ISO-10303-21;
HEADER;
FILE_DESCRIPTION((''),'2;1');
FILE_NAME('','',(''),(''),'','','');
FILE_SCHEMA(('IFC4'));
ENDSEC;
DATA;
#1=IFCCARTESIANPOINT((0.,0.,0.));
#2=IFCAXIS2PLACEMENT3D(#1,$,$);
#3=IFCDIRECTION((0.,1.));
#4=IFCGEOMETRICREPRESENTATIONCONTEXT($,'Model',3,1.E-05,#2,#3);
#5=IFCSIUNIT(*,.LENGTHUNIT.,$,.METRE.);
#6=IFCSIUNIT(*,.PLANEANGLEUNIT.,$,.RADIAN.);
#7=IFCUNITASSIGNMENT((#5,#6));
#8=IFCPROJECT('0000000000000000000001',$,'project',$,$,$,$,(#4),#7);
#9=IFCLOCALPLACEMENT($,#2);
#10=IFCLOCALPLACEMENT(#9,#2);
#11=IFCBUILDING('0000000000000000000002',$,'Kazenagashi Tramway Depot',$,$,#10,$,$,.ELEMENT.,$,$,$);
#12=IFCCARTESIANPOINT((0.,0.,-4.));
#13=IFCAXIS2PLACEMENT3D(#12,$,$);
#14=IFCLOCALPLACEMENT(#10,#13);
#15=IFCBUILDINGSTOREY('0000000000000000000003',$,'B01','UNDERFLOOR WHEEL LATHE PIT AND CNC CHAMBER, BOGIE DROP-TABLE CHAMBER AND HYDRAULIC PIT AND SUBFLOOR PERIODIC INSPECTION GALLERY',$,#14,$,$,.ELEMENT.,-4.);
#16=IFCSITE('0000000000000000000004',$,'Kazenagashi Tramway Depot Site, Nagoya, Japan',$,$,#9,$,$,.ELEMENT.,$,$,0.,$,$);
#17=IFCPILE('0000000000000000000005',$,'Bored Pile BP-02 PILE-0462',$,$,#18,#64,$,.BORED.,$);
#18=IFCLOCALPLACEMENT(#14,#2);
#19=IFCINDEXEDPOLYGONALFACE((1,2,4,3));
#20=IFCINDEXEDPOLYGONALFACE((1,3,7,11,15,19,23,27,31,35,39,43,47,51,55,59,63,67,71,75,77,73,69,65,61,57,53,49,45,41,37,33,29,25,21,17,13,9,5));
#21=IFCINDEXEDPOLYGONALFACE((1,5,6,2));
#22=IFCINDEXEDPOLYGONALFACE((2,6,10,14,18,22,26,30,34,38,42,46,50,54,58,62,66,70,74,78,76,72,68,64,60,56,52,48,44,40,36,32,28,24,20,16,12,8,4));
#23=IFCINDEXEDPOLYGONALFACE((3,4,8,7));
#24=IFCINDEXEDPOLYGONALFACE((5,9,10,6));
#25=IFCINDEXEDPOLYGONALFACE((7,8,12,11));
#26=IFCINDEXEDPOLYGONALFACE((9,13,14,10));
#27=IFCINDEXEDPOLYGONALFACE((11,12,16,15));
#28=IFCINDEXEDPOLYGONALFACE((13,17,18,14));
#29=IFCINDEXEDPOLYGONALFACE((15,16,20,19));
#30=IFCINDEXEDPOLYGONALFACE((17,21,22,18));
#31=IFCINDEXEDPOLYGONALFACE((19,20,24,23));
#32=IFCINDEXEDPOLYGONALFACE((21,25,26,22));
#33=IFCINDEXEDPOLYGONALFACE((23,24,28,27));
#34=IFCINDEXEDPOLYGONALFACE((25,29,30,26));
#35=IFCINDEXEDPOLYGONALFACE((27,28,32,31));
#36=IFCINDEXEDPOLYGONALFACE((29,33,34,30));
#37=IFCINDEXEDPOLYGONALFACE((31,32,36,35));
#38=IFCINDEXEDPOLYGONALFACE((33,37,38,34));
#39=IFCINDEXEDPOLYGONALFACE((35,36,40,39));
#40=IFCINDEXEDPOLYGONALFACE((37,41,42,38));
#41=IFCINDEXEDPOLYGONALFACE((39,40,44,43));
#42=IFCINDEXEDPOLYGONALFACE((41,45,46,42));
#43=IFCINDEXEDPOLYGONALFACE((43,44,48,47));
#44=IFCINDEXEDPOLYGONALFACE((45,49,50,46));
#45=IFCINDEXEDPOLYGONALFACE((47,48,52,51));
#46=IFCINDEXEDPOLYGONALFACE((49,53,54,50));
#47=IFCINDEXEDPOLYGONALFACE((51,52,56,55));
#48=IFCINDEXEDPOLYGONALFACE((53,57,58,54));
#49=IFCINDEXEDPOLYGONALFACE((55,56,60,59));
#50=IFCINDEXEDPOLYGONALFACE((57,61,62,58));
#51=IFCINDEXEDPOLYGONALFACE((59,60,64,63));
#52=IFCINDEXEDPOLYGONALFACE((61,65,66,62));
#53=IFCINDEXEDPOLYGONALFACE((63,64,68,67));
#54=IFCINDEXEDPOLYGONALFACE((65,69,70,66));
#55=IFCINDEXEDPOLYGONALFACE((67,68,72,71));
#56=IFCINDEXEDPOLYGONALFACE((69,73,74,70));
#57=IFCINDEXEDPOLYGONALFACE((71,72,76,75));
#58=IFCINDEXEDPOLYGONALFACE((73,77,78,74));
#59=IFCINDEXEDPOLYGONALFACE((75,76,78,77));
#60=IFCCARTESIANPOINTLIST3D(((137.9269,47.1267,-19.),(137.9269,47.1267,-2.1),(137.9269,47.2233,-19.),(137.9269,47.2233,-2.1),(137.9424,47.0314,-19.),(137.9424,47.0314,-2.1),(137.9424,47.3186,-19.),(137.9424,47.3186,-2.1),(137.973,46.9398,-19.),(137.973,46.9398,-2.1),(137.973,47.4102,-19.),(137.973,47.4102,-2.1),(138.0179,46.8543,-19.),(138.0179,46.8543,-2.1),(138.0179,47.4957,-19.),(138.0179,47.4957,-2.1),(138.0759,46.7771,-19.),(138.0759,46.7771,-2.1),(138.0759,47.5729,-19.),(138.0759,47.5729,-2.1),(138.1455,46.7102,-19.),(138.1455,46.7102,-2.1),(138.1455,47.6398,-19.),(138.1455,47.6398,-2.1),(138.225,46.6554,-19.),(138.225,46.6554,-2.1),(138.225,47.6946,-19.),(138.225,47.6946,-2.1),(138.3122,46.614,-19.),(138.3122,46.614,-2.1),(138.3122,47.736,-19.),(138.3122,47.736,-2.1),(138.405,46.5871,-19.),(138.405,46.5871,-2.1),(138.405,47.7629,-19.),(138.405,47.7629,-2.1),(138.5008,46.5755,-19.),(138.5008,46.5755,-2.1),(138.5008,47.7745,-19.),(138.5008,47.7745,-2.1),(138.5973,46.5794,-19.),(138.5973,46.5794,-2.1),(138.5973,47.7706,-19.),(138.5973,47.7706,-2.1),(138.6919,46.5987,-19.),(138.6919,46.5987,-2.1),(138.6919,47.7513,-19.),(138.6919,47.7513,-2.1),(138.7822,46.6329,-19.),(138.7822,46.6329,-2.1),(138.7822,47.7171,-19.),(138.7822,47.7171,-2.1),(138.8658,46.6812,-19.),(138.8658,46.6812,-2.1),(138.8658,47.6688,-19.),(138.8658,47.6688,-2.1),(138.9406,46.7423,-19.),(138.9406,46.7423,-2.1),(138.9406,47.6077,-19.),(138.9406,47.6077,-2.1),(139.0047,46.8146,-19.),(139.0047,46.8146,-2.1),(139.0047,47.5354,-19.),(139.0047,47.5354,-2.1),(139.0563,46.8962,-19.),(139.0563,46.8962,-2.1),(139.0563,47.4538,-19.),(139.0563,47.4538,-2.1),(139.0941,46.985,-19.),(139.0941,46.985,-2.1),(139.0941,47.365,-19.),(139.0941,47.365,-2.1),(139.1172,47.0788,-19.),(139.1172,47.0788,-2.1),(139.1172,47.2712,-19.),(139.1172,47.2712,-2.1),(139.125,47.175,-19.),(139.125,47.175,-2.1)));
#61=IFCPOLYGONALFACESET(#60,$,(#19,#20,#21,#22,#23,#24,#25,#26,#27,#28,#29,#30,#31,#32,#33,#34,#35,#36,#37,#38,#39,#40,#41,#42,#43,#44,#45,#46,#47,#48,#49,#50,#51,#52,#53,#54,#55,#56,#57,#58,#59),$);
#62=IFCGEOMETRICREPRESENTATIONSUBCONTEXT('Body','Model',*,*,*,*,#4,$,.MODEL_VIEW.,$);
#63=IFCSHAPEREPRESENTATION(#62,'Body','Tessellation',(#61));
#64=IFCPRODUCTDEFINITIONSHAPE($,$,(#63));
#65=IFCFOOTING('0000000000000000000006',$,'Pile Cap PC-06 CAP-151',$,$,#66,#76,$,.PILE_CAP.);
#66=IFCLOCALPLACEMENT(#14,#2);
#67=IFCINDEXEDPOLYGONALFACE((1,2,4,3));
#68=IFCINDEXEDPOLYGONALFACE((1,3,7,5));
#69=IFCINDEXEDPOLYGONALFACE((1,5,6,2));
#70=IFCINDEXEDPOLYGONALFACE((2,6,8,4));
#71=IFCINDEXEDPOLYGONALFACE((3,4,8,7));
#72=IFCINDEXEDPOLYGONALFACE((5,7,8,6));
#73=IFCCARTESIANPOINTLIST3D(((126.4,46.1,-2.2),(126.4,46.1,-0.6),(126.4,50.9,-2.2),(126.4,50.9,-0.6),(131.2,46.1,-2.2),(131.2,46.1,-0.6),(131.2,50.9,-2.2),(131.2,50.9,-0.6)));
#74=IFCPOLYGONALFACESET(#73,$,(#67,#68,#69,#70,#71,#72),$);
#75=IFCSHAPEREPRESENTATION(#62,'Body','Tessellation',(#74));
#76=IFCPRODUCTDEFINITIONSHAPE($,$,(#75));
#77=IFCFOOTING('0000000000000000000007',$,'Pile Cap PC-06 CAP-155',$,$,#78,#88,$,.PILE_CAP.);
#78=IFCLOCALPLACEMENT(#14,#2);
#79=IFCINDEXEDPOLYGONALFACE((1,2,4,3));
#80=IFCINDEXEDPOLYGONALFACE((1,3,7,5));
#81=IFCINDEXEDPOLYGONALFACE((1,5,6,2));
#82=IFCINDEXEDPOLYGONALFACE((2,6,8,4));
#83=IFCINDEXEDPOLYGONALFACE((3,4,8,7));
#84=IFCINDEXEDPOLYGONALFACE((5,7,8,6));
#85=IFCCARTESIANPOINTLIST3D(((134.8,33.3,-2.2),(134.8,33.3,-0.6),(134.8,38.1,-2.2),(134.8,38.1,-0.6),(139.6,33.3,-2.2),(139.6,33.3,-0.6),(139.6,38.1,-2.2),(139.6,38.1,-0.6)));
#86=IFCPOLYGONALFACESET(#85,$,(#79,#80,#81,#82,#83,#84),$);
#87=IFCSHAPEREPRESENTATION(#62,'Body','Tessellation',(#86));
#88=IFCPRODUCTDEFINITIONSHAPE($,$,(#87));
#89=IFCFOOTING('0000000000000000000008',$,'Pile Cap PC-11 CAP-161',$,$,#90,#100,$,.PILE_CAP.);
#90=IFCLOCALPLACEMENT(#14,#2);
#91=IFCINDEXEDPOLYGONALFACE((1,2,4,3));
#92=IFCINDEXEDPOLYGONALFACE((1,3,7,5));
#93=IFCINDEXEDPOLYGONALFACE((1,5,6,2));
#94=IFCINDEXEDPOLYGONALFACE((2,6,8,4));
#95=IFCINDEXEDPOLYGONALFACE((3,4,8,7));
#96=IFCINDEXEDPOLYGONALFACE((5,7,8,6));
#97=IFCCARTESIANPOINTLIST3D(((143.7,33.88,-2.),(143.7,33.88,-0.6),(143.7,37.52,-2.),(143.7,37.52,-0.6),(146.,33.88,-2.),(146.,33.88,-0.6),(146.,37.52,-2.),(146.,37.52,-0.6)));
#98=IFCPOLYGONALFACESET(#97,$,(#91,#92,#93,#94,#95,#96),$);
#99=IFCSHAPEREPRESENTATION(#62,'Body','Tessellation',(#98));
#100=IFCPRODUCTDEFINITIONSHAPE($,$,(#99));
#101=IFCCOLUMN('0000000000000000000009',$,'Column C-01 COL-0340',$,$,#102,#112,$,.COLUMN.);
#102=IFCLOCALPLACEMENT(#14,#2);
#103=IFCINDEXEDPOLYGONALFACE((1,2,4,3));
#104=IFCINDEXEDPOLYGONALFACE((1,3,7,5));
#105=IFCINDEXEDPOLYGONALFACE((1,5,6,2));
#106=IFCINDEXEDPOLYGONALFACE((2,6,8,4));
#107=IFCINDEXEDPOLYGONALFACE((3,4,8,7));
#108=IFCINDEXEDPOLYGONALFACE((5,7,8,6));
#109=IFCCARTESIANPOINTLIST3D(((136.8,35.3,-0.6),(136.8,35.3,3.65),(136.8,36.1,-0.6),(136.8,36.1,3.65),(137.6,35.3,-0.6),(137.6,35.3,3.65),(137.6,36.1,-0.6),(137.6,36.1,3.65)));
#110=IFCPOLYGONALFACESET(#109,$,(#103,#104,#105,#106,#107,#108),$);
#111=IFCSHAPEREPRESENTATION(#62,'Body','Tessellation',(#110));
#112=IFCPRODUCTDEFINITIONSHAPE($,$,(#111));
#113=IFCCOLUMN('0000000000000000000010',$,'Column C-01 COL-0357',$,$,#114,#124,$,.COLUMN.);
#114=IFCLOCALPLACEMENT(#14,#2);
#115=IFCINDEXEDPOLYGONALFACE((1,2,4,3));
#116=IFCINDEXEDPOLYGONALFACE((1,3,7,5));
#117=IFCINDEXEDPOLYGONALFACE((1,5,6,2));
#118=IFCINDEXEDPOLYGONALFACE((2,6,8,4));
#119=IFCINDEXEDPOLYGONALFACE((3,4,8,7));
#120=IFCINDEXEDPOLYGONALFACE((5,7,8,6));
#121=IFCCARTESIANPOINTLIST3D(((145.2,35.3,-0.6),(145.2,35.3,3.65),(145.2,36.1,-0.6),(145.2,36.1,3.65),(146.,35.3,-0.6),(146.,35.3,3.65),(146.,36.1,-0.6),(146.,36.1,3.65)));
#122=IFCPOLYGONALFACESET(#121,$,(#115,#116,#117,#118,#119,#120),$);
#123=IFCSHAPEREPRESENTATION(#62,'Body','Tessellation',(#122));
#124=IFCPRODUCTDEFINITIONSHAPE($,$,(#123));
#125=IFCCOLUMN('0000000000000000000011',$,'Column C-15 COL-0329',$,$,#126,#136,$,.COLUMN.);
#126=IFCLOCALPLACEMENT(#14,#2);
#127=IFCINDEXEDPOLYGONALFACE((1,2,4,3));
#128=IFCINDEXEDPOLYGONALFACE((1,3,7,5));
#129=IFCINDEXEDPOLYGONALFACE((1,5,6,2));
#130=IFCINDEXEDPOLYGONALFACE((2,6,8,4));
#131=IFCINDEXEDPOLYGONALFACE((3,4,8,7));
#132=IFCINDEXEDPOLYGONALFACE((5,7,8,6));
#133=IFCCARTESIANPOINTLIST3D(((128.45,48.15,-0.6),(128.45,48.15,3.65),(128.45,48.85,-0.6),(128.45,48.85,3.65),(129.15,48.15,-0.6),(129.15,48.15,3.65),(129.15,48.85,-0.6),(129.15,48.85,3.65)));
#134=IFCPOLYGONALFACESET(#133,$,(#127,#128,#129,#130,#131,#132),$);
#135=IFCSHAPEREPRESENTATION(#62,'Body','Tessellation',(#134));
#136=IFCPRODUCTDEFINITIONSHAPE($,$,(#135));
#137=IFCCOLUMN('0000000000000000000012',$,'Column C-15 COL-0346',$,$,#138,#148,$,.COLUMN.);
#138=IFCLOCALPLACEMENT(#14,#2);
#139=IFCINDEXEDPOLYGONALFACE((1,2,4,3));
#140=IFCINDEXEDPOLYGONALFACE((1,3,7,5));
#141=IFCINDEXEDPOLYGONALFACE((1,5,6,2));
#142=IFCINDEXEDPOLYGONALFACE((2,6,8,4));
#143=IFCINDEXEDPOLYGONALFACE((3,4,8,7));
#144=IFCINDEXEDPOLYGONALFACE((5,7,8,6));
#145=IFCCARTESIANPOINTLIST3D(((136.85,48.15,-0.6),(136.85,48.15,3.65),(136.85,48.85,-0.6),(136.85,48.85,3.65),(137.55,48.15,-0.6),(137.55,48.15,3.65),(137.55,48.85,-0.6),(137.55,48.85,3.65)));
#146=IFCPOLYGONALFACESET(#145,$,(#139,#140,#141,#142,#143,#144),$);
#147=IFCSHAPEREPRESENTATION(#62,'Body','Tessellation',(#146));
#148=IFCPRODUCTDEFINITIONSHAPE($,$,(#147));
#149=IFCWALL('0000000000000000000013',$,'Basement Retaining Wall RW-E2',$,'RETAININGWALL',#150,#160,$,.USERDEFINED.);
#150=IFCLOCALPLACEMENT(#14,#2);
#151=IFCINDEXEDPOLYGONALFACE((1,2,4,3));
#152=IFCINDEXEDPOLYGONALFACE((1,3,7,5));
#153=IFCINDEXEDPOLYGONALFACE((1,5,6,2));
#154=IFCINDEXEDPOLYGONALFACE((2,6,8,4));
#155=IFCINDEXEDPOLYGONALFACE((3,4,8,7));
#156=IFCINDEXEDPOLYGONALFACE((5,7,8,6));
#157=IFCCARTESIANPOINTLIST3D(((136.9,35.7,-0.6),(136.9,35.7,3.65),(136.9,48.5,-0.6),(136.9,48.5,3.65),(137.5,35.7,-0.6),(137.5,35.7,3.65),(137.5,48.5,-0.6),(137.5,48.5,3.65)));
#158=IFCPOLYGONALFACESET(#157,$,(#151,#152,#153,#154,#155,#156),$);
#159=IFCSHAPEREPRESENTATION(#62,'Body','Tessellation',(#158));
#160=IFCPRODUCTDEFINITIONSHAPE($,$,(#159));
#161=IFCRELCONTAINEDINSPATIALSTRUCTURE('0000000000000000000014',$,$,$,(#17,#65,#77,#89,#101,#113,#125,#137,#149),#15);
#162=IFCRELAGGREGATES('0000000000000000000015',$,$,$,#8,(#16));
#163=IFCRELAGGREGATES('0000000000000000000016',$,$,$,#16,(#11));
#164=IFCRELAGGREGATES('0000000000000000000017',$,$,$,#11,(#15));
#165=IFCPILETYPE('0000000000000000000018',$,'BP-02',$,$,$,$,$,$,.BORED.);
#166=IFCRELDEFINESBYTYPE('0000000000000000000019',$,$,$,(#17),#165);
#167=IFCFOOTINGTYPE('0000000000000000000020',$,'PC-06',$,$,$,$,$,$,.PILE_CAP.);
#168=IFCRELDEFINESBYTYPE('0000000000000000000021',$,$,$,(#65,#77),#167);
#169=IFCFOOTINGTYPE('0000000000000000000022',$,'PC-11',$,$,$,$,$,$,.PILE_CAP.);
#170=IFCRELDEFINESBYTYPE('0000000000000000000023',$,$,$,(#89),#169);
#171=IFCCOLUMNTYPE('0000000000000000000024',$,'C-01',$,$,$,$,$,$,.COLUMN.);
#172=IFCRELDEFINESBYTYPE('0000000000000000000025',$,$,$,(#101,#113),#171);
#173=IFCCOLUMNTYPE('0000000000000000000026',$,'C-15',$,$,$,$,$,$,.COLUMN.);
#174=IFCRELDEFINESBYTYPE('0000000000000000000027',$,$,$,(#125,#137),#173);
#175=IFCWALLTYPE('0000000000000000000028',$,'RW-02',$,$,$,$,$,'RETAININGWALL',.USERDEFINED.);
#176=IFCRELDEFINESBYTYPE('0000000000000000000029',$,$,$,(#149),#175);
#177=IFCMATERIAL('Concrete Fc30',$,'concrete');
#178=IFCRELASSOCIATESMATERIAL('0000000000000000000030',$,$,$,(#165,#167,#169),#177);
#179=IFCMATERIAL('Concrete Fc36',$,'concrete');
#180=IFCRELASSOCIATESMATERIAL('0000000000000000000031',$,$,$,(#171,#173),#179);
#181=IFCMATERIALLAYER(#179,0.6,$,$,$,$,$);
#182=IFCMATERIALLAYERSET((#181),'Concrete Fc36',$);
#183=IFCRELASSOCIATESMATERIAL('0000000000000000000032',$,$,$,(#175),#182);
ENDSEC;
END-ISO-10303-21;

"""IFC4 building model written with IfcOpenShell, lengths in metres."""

from ifc_helpers import new_model, si_unit, direction, frame, frame_2d, origin, origin_2d, place, context, subcontext, project, spatial, rectangle, circle, extrude, material, layer, layer_set, material_profile, profile_set, type_object, element, save


model = new_model("IFC4")

# Units and contexts
model_context = context("Model", 3, precision=1e-05, world=origin(), true_north=direction((0.0, 1.0)))
body_context = subcontext(model_context, "Body", "Model", "MODEL_VIEW")
ifc_project = project(units=[si_unit("LENGTHUNIT", "METRE"), si_unit("PLANEANGLEUNIT", "RADIAN")], contexts=[model_context])

# Site, building, storey
site_placement = place(None, origin())
site = spatial("IfcSite", under=ifc_project, at=site_placement, Name="Kazenagashi Tramway Depot Site, Nagoya, Japan", CompositionType="ELEMENT", RefElevation=0.0)
building_placement = place(site_placement, origin())
building = spatial("IfcBuilding", under=site, at=building_placement, Name="Kazenagashi Tramway Depot", CompositionType="ELEMENT")
storey_placement = place(building_placement, frame((0.0, 0.0, -4.0)))
storey = spatial("IfcBuildingStorey", under=building, at=storey_placement, Name="B01", Description="UNDERFLOOR WHEEL LATHE PIT AND CNC CHAMBER, BOGIE DROP-TABLE CHAMBER AND HYDRAULIC PIT AND SUBFLOOR PERIODIC INSPECTION GALLERY", CompositionType="ELEMENT", Elevation=-4.0)

# Pile
ifc_material_1 = material(Name="Concrete Fc30", Category="concrete")
ifc_material_profile_1 = material_profile(ifc_material_1, circle(Radius=0.6, at=origin_2d()), Name="PILE-1200")
ifc_profile_set_1 = profile_set([ifc_material_profile_1], Name="Concrete Fc30")
pile_type_1 = type_object("IfcPileType", Name="BP-02", PredefinedType="BORED", material=ifc_profile_set_1)
for number, where, z_axis, x_axis, name in (
    (1, (138.525, 47.175, -2.1), (0.0, 0.0, -1.0), (1.0, 0.0, 0.0), "Bored Pile BP-02 PILE-0462"),
):
    element("IfcPile", number, at=place(storey_placement, frame(where, z_axis=z_axis, x_axis=x_axis)), inside=storey, type_object=pile_type_1, Name=name, PredefinedType="BORED", context=body_context, shape_type="SweptSolid", body=[
        extrude(circle(Radius=0.6, at=origin_2d()), origin(), (0.0, 0.0, 1.0), 16.9),
    ])

# Footings
footing_type_1 = type_object("IfcFootingType", Name="PC-06", PredefinedType="PILE_CAP", material=ifc_material_1)
for number, where, z_axis, x_axis, name in (
    (2, (128.8, 48.5, -2.2), (0.0, 0.0, 1.0), (1.0, 0.0, 0.0), "Pile Cap PC-06 CAP-151"),
    (3, (137.2, 35.7, -2.2), (0.0, 0.0, 1.0), (1.0, 0.0, 0.0), "Pile Cap PC-06 CAP-155"),
):
    element("IfcFooting", number, at=place(storey_placement, frame(where, z_axis=z_axis, x_axis=x_axis)), inside=storey, type_object=footing_type_1, Name=name, PredefinedType="PILE_CAP", context=body_context, shape_type="SweptSolid", body=[
        extrude(rectangle(XDim=4.8, YDim=4.8, at=origin_2d()), origin(), (0.0, 0.0, 1.0), 1.6),
    ])
footing_type_2 = type_object("IfcFootingType", Name="PC-11", PredefinedType="PILE_CAP", material=ifc_material_1)
footing_placement = place(storey_placement, frame((144.85, 35.7, -2.0), z_axis=(0.0, 0.0, 1.0), x_axis=(1.0, 0.0, 0.0)))
element("IfcFooting", 4, at=footing_placement, inside=storey, type_object=footing_type_2, Name="Pile Cap PC-11 CAP-161", PredefinedType="PILE_CAP", context=body_context, shape_type="SweptSolid", body=[
    extrude(rectangle(XDim=2.3, YDim=3.64, at=origin_2d()), origin(), (0.0, 0.0, 1.0), 1.4),
])

# Columns
ifc_material_2 = material(Name="Concrete Fc36", Category="concrete")
ifc_material_profile_2 = material_profile(ifc_material_2, rectangle(XDim=0.8, YDim=0.8, at=origin_2d()), Name="RC-800x800")
ifc_profile_set_2 = profile_set([ifc_material_profile_2], Name="Concrete Fc36")
column_type_1 = type_object("IfcColumnType", Name="C-01", PredefinedType="COLUMN", material=ifc_profile_set_2)
for number, where, z_axis, x_axis, name in (
    (5, (137.2, 35.7, -0.6), (0.0, 0.0, 1.0), (1.0, 0.0, 0.0), "Column C-01 COL-0340"),
    (6, (145.6, 35.7, -0.6), (0.0, 0.0, 1.0), (1.0, 0.0, 0.0), "Column C-01 COL-0357"),
):
    element("IfcColumn", number, at=place(storey_placement, frame(where, z_axis=z_axis, x_axis=x_axis)), inside=storey, type_object=column_type_1, Name=name, PredefinedType="COLUMN", context=body_context, shape_type="SweptSolid", body=[
        extrude(rectangle(XDim=0.8, YDim=0.8, at=origin_2d()), origin(), (0.0, 0.0, 1.0), 4.25),
    ])
ifc_material_profile_3 = material_profile(ifc_material_2, rectangle(XDim=0.7, YDim=0.7, at=origin_2d()), Name="RC-700x700")
ifc_profile_set_3 = profile_set([ifc_material_profile_3], Name="Concrete Fc36")
column_type_2 = type_object("IfcColumnType", Name="C-15", PredefinedType="COLUMN", material=ifc_profile_set_3)
for number, where, z_axis, x_axis, name in (
    (7, (128.8, 48.5, -0.6), (0.0, 0.0, 1.0), (1.0, 0.0, 0.0), "Column C-15 COL-0329"),
    (8, (137.2, 48.5, -0.6), (0.0, 0.0, 1.0), (1.0, 0.0, 0.0), "Column C-15 COL-0346"),
):
    element("IfcColumn", number, at=place(storey_placement, frame(where, z_axis=z_axis, x_axis=x_axis)), inside=storey, type_object=column_type_2, Name=name, PredefinedType="COLUMN", context=body_context, shape_type="SweptSolid", body=[
        extrude(rectangle(XDim=0.7, YDim=0.7, at=origin_2d()), origin(), (0.0, 0.0, 1.0), 4.25),
    ])

# Wall
ifc_layer = layer(ifc_material_2, 0.6)
ifc_layer_set = layer_set([ifc_layer], Name="Concrete Fc36")
wall_type = type_object("IfcWallType", Name="RW-02", ElementType="RETAININGWALL", PredefinedType="USERDEFINED", material=ifc_layer_set)
wall_placement = place(storey_placement, frame((137.2, 35.7, -0.6), z_axis=(0.0, 0.0, 1.0), x_axis=(0.0, 1.0, 0.0)))
element("IfcWall", 9, at=wall_placement, inside=storey, type_object=wall_type, Name="Basement Retaining Wall RW-E2", ObjectType="RETAININGWALL", PredefinedType="USERDEFINED", context=body_context, shape_type="SweptSolid", body=[
    extrude(rectangle(XDim=12.8, YDim=0.6, at=frame_2d((6.4, 0.0))), origin(), (0.0, 0.0, 1.0), 4.25),
])

save(model, "model.ifc")
